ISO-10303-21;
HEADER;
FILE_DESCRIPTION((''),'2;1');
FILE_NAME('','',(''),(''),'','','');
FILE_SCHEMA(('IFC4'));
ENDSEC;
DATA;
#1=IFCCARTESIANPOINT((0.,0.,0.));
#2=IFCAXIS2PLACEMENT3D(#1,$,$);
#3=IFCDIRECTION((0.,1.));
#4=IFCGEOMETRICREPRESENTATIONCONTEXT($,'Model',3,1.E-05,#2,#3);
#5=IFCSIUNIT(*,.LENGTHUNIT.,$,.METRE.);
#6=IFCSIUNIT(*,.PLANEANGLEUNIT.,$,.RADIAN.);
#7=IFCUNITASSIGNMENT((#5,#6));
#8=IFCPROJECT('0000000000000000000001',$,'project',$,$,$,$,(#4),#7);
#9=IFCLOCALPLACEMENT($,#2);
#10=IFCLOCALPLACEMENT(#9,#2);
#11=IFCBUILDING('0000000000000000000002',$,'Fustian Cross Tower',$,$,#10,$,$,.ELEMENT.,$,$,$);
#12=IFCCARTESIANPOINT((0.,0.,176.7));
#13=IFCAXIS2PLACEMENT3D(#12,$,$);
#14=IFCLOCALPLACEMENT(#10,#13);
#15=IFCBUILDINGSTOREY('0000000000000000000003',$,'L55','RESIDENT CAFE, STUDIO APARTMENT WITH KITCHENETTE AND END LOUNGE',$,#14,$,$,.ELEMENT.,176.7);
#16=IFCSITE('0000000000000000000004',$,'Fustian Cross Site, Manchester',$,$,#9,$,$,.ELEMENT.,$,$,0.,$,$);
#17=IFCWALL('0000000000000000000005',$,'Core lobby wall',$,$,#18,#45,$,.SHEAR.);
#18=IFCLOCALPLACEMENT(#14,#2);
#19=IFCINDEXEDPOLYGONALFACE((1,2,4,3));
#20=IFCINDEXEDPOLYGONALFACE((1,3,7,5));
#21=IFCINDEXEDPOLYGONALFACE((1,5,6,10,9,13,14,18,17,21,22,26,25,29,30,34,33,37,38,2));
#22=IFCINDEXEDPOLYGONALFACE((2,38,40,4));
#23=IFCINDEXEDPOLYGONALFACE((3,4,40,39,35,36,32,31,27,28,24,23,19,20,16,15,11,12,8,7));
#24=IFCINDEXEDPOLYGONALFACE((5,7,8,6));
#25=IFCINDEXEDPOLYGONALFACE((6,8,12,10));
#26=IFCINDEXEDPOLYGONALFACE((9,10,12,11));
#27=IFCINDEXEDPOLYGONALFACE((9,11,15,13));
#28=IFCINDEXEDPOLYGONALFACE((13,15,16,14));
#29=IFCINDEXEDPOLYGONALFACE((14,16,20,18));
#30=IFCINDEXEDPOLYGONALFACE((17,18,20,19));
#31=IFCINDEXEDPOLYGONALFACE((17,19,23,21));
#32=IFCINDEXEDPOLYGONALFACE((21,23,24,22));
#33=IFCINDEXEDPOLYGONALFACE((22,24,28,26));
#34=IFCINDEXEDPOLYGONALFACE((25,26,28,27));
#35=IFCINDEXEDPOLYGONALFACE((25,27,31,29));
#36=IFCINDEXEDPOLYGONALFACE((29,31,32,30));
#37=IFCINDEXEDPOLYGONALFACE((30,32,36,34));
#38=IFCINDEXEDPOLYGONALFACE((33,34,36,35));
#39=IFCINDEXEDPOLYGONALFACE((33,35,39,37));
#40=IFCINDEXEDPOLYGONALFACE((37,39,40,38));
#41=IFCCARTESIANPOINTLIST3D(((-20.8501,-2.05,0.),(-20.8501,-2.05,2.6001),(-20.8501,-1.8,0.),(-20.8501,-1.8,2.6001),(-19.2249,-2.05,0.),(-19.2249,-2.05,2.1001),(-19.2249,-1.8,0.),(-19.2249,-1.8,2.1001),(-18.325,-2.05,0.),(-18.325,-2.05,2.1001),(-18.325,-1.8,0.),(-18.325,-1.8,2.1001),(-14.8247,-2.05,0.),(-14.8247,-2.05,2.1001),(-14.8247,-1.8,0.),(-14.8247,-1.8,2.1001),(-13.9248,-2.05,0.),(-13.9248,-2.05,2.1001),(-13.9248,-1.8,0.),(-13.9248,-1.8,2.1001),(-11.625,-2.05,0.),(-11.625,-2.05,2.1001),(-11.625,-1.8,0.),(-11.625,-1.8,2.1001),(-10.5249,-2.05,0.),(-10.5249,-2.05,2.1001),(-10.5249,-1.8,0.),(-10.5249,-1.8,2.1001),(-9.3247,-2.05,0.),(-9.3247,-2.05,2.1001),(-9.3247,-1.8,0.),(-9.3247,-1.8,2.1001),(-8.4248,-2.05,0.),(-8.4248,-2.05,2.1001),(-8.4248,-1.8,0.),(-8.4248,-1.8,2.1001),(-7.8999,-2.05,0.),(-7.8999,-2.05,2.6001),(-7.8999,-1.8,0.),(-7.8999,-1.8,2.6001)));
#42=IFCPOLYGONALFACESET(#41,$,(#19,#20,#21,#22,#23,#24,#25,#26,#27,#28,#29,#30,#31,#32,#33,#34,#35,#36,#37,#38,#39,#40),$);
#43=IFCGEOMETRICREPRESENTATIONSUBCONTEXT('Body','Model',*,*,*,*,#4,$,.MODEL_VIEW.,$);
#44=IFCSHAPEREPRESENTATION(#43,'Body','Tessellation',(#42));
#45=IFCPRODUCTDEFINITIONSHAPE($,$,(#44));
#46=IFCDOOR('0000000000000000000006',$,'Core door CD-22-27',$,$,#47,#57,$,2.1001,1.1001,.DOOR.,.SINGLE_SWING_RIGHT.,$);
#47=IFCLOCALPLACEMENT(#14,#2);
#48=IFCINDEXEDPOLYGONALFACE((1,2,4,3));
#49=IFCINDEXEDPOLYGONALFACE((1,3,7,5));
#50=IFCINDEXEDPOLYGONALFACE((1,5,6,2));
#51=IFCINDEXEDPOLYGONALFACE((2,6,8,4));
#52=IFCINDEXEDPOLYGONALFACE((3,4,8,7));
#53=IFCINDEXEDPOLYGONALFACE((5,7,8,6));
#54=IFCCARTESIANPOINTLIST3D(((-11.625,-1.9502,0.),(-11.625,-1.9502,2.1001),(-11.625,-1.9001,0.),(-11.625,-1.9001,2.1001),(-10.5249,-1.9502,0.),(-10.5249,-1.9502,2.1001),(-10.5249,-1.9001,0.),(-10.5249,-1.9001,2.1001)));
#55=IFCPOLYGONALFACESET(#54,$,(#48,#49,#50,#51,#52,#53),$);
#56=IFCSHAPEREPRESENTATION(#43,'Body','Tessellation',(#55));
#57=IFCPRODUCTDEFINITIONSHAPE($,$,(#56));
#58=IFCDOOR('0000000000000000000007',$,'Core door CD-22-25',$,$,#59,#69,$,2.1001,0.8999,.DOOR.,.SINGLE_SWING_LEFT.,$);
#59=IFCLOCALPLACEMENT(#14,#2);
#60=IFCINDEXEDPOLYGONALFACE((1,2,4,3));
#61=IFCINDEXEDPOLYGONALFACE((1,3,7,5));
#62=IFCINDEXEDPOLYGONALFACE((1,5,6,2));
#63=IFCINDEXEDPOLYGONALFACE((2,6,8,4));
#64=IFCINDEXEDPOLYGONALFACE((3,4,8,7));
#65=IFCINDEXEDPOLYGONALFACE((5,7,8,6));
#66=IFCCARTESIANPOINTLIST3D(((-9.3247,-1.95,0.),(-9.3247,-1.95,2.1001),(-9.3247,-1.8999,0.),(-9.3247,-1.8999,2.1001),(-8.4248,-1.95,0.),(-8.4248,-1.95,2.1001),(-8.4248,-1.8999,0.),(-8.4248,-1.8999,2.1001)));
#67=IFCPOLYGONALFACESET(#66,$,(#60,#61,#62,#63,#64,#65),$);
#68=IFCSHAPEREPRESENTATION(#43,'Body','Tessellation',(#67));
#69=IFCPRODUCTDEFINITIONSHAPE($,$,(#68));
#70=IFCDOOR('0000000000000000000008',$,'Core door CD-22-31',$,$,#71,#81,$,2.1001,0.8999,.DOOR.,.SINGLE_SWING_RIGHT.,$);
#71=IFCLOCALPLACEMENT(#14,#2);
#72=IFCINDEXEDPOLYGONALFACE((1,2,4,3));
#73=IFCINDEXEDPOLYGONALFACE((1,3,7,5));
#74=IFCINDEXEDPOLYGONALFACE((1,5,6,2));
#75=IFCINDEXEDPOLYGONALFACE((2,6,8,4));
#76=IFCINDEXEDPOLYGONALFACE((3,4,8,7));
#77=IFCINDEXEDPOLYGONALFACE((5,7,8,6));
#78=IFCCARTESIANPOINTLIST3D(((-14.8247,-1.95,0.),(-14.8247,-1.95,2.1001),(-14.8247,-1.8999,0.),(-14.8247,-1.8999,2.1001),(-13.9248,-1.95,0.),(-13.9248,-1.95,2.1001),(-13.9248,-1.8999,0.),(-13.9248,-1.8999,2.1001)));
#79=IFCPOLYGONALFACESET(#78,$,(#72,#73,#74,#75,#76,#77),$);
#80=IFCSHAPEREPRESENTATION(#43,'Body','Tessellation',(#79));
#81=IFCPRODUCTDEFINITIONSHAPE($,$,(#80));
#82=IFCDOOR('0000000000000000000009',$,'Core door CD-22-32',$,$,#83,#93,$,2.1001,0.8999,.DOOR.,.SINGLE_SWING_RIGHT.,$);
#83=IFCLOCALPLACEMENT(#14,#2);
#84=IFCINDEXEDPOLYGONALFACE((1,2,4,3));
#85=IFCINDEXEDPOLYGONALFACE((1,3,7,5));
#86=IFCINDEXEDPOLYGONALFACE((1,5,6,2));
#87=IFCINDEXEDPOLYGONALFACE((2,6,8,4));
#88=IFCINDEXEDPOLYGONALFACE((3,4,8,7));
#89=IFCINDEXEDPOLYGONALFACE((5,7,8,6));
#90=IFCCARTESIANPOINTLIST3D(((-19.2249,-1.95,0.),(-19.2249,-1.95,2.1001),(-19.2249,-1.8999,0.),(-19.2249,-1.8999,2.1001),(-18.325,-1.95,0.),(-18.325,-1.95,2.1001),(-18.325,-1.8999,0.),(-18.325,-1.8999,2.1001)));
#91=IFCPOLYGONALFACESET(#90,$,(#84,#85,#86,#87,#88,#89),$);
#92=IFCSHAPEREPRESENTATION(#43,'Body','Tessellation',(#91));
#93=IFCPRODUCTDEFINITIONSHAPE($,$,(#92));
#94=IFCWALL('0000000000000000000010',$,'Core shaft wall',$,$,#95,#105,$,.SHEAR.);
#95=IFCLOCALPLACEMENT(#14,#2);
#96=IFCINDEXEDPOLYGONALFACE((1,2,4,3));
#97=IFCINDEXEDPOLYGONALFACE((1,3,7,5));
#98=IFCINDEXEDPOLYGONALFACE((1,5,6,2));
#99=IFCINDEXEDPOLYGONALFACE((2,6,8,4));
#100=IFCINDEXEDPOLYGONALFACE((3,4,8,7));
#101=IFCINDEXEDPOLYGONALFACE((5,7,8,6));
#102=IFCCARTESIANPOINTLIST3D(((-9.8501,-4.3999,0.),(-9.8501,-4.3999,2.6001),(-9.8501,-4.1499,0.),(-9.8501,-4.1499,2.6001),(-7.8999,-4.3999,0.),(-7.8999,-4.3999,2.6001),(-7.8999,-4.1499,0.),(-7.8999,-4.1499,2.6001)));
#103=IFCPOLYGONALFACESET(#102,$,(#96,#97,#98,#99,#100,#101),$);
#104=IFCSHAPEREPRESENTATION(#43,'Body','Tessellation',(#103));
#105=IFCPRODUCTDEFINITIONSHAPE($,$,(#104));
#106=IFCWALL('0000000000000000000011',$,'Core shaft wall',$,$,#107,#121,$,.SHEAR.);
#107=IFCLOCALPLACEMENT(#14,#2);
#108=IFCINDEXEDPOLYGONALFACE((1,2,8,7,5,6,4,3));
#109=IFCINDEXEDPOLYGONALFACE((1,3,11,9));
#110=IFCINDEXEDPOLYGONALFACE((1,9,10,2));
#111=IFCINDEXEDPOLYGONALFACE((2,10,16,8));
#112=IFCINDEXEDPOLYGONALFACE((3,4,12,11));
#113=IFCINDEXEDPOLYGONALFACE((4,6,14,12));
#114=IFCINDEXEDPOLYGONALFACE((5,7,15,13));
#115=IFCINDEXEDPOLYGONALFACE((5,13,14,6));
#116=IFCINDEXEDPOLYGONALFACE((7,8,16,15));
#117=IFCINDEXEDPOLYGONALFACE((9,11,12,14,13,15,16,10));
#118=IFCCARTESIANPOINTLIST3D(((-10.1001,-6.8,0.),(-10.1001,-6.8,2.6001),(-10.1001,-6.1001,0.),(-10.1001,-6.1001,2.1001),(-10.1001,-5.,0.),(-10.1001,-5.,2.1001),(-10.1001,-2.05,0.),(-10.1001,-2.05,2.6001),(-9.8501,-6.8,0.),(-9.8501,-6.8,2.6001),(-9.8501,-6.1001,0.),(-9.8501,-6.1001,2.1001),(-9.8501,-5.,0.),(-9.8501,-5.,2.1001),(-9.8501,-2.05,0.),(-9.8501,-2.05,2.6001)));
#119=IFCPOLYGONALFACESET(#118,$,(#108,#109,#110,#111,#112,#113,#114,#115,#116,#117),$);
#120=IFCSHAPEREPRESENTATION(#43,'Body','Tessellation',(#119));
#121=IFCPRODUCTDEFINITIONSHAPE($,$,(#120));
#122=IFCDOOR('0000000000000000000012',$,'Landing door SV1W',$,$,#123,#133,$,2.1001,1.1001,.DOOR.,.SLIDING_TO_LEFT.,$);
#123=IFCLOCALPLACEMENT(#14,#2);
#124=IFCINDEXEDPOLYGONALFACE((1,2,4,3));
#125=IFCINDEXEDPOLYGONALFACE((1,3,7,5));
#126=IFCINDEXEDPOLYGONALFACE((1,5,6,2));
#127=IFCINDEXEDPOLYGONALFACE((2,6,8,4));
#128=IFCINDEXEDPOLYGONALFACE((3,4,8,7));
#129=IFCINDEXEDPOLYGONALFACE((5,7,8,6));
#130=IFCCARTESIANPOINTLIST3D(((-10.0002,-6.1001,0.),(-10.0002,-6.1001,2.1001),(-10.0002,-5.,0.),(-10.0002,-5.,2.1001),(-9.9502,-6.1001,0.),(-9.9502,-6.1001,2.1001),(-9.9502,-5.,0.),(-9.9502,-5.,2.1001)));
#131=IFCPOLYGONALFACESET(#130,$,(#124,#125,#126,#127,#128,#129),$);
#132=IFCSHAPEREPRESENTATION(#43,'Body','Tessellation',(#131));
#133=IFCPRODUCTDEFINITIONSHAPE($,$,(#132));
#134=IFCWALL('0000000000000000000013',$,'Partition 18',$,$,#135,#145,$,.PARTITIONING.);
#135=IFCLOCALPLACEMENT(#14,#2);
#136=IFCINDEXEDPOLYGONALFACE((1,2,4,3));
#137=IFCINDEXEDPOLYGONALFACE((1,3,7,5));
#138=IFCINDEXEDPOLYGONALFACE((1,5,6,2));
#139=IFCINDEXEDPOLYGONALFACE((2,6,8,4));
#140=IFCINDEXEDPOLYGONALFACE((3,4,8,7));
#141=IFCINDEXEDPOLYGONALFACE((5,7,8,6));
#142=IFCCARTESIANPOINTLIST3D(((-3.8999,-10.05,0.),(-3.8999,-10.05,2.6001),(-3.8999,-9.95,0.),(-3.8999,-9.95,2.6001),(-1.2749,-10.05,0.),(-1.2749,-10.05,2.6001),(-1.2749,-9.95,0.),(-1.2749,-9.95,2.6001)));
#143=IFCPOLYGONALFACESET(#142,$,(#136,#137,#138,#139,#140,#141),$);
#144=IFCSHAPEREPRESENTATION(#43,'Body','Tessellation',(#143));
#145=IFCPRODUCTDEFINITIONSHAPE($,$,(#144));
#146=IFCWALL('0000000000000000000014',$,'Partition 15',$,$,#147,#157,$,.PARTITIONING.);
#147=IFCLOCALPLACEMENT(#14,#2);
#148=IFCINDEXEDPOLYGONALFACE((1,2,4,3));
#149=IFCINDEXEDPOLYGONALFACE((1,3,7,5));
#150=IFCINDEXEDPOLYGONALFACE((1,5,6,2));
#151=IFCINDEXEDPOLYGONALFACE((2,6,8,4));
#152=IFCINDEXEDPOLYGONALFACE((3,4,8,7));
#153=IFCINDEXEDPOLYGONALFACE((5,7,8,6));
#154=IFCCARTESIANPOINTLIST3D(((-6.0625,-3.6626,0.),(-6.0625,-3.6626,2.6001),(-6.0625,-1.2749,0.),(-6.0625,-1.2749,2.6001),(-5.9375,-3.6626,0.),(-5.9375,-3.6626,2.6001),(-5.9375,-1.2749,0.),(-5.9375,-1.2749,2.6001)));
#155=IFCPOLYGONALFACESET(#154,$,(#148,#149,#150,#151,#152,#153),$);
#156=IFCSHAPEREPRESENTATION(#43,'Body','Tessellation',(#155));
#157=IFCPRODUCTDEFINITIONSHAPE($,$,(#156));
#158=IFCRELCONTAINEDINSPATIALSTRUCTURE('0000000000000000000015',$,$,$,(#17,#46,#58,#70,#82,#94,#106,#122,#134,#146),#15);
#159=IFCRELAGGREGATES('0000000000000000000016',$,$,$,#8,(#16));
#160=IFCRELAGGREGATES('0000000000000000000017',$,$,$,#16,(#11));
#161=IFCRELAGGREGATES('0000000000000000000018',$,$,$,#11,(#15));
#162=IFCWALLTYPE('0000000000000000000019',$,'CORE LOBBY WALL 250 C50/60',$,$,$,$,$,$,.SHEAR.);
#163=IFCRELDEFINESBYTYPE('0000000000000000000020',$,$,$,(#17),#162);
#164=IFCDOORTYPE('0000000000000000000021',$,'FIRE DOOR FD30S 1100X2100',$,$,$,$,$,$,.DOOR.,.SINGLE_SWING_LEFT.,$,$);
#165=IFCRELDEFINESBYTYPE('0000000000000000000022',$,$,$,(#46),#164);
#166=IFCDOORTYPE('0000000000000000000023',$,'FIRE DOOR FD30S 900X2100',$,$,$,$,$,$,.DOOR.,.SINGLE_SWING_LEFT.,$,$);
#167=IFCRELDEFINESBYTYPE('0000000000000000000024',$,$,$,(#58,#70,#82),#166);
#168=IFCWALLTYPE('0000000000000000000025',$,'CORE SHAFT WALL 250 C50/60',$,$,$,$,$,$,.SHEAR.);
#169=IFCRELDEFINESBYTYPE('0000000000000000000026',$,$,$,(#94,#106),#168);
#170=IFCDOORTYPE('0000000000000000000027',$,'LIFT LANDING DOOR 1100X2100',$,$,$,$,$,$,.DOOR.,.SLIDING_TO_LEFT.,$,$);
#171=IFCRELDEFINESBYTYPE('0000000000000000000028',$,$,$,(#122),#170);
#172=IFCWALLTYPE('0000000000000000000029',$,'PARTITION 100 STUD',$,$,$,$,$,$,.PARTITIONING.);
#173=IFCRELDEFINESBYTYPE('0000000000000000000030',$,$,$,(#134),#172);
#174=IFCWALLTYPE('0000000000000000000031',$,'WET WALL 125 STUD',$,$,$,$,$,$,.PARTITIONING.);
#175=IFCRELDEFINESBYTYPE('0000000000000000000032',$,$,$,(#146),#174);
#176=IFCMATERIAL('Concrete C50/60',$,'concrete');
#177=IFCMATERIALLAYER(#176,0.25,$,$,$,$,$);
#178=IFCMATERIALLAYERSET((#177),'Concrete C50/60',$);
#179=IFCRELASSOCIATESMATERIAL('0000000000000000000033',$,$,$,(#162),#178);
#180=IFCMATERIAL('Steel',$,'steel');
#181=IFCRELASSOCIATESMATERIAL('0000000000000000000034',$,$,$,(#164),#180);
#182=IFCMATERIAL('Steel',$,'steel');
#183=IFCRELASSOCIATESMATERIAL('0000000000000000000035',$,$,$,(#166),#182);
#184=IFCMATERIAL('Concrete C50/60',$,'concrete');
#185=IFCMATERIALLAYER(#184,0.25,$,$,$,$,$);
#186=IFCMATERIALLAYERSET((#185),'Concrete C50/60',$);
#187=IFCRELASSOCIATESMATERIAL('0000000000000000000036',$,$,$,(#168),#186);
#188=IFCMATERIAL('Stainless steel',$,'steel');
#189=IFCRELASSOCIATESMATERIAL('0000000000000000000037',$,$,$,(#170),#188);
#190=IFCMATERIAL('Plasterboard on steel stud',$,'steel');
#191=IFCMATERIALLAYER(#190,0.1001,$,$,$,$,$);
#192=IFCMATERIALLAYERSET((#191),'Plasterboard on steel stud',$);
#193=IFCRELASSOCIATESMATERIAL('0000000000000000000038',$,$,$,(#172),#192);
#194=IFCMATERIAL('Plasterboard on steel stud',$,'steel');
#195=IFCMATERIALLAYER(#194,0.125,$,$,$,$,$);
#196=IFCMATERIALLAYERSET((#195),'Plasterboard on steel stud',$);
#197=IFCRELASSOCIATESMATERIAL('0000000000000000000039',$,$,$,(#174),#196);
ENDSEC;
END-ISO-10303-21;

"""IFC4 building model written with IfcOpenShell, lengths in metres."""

from ifc_helpers import new_model, si_unit, direction, frame, frame_2d, origin, place, context, subcontext, project, spatial, rectangle, extrude, material, layer, layer_set, type_object, element, fill, save


model = new_model("IFC4")

# Units and contexts
model_context = context("Model", 3, precision=1e-05, world=origin(), true_north=direction((0.0, 1.0)))
body_context = subcontext(model_context, "Body", "Model", "MODEL_VIEW")
ifc_project = project(units=[si_unit("LENGTHUNIT", "METRE"), si_unit("PLANEANGLEUNIT", "RADIAN")], contexts=[model_context])

# Site, building, storey
site_placement = place(None, origin())
site = spatial("IfcSite", under=ifc_project, at=site_placement, Name="Fustian Cross Site, Manchester", CompositionType="ELEMENT", RefElevation=0.0)
building_placement = place(site_placement, origin())
building = spatial("IfcBuilding", under=site, at=building_placement, Name="Fustian Cross Tower", CompositionType="ELEMENT")
storey_placement = place(building_placement, frame((0.0, 0.0, 176.7)))
storey = spatial("IfcBuildingStorey", under=building, at=storey_placement, Name="L55", Description="RESIDENT CAFE, STUDIO APARTMENT WITH KITCHENETTE AND END LOUNGE", CompositionType="ELEMENT", Elevation=176.7)

# Wall, openings, doors
ifc_material_1 = material(Name="Concrete C50/60", Category="concrete")
ifc_layer_1 = layer(ifc_material_1, 0.25)
ifc_layer_set_1 = layer_set([ifc_layer_1], Name="Concrete C50/60")
wall_type_1 = type_object("IfcWallType", Name="CORE LOBBY WALL 250 C50/60", PredefinedType="SHEAR", material=ifc_layer_set_1)
wall_1_placement = place(storey_placement, frame((-7.8999, -1.925, 0.0), z_axis=(0.0, 0.0, 1.0), x_axis=(-1.0, 0.0, 0.0)))
wall_1 = element("IfcWall", 1, at=wall_1_placement, inside=storey, type_object=wall_type_1, Name="Core lobby wall", PredefinedType="SHEAR", context=body_context, shape_type="SweptSolid", body=[
    extrude(rectangle(XDim=12.9502, YDim=0.25, at=frame_2d((6.4751, 0.0))), origin(), (0.0, 0.0, 1.0), 2.6001),
])
opening_1_placement = place(wall_1_placement, frame((0.5249, 0.0, 0.0)))
opening_1 = element("IfcOpeningElement", 2, at=opening_1_placement, cuts=wall_1, PredefinedType="OPENING", context=body_context, shape_type="SweptSolid", body=[
    extrude(rectangle(XDim=0.8999, YDim=2.1001, at=frame_2d((0.45, 1.05))), frame((0.0, 0.135, 0.0), z_axis=(0.0, -1.0, 0.0), x_axis=(1.0, 0.0, 0.0)), (0.0, 0.0, 1.0), 0.27),
])
opening_2_placement = place(wall_1_placement, frame((2.625, 0.0, 0.0)))
opening_2 = element("IfcOpeningElement", 3, at=opening_2_placement, cuts=wall_1, PredefinedType="OPENING", context=body_context, shape_type="SweptSolid", body=[
    extrude(rectangle(XDim=1.1001, YDim=2.1001, at=frame_2d((0.55, 1.05))), frame((0.0, 0.135, 0.0), z_axis=(0.0, -1.0, 0.0), x_axis=(1.0, 0.0, 0.0)), (0.0, 0.0, 1.0), 0.27),
])
opening_3_placement = place(wall_1_placement, frame((6.0249, 0.0, 0.0)))
opening_3 = element("IfcOpeningElement", 4, at=opening_3_placement, cuts=wall_1, PredefinedType="OPENING", context=body_context, shape_type="SweptSolid", body=[
    extrude(rectangle(XDim=0.8999, YDim=2.1001, at=frame_2d((0.45, 1.05))), frame((0.0, 0.135, 0.0), z_axis=(0.0, -1.0, 0.0), x_axis=(1.0, 0.0, 0.0)), (0.0, 0.0, 1.0), 0.27),
])
opening_4_placement = place(wall_1_placement, frame((10.425, 0.0, 0.0)))
opening_4 = element("IfcOpeningElement", 5, at=opening_4_placement, cuts=wall_1, PredefinedType="OPENING", context=body_context, shape_type="SweptSolid", body=[
    extrude(rectangle(XDim=0.8999, YDim=2.1001, at=frame_2d((0.45, 1.05))), frame((0.0, 0.135, 0.0), z_axis=(0.0, -1.0, 0.0), x_axis=(1.0, 0.0, 0.0)), (0.0, 0.0, 1.0), 0.27),
])
ifc_material_2 = material(Name="Steel", Category="steel")
door_type_1 = type_object("IfcDoorType", Name="FIRE DOOR FD30S 1100X2100", OperationType="SINGLE_SWING_LEFT", PredefinedType="DOOR", material=ifc_material_2)
door_1_placement = place(opening_2_placement, frame((1.1001, 0.0, 0.0), z_axis=(0.0, 0.0, 1.0), x_axis=(-1.0, 0.0, 0.0)))
door_1 = element("IfcDoor", 6, at=door_1_placement, inside=storey, type_object=door_type_1, Name="Core door CD-22-27", OperationType="SINGLE_SWING_RIGHT", OverallHeight=2.1001, OverallWidth=1.1001, PredefinedType="DOOR", context=body_context, shape_type="SweptSolid", body=[
    extrude(rectangle(XDim=1.1001, YDim=2.1001, at=frame_2d((0.55, 1.05))), frame((0.0, 0.0249, 0.0), z_axis=(0.0, -1.0, 0.0), x_axis=(1.0, 0.0, 0.0)), (0.0, 0.0, 1.0), 0.05),
])
fill(opening_2, door_1)
ifc_material_3 = material(Name="Steel", Category="steel")
door_type_2 = type_object("IfcDoorType", Name="FIRE DOOR FD30S 900X2100", OperationType="SINGLE_SWING_LEFT", PredefinedType="DOOR", material=ifc_material_3)
door_2_placement = place(opening_1_placement, origin())
door_2 = element("IfcDoor", 7, at=door_2_placement, inside=storey, type_object=door_type_2, Name="Core door CD-22-25", OperationType="SINGLE_SWING_LEFT", OverallHeight=2.1001, OverallWidth=0.8999, PredefinedType="DOOR", context=body_context, shape_type="SweptSolid", body=[
    extrude(rectangle(XDim=0.8999, YDim=2.1001, at=frame_2d((0.45, 1.05))), frame((0.0, 0.0249, 0.0), z_axis=(0.0, -1.0, 0.0), x_axis=(1.0, 0.0, 0.0)), (0.0, 0.0, 1.0), 0.05),
])
fill(opening_1, door_2)
door_3_placement = place(opening_3_placement, origin())
door_3 = element("IfcDoor", 8, at=door_3_placement, inside=storey, type_object=door_type_2, Name="Core door CD-22-31", OperationType="SINGLE_SWING_RIGHT", OverallHeight=2.1001, OverallWidth=0.8999, PredefinedType="DOOR", context=body_context, shape_type="SweptSolid", body=[
    extrude(rectangle(XDim=0.8999, YDim=2.1001, at=frame_2d((0.45, 1.05))), frame((0.0, 0.0249, 0.0), z_axis=(0.0, -1.0, 0.0), x_axis=(1.0, 0.0, 0.0)), (0.0, 0.0, 1.0), 0.05),
])
fill(opening_3, door_3)
door_4_placement = place(opening_4_placement, origin())
door_4 = element("IfcDoor", 9, at=door_4_placement, inside=storey, type_object=door_type_2, Name="Core door CD-22-32", OperationType="SINGLE_SWING_RIGHT", OverallHeight=2.1001, OverallWidth=0.8999, PredefinedType="DOOR", context=body_context, shape_type="SweptSolid", body=[
    extrude(rectangle(XDim=0.8999, YDim=2.1001, at=frame_2d((0.45, 1.05))), frame((0.0, 0.0249, 0.0), z_axis=(0.0, -1.0, 0.0), x_axis=(1.0, 0.0, 0.0)), (0.0, 0.0, 1.0), 0.05),
])
fill(opening_4, door_4)

# Wall
ifc_material_4 = material(Name="Concrete C50/60", Category="concrete")
ifc_layer_2 = layer(ifc_material_4, 0.25)
ifc_layer_set_2 = layer_set([ifc_layer_2], Name="Concrete C50/60")
wall_type_2 = type_object("IfcWallType", Name="CORE SHAFT WALL 250 C50/60", PredefinedType="SHEAR", material=ifc_layer_set_2)
wall_2_placement = place(storey_placement, frame((-7.8999, -4.2749, 0.0), z_axis=(0.0, 0.0, 1.0), x_axis=(-1.0, 0.0, 0.0)))
element("IfcWall", 10, at=wall_2_placement, inside=storey, type_object=wall_type_2, Name="Core shaft wall", PredefinedType="SHEAR", context=body_context, shape_type="SweptSolid", body=[
    extrude(rectangle(XDim=1.9502, YDim=0.25, at=frame_2d((0.9751, 0.0))), origin(), (0.0, 0.0, 1.0), 2.6001),
])

# Wall, opening, door
wall_3_placement = place(storey_placement, frame((-9.9751, -2.05, 0.0), z_axis=(0.0, 0.0, 1.0), x_axis=(0.0, -1.0, 0.0)))
wall_3 = element("IfcWall", 11, at=wall_3_placement, inside=storey, type_object=wall_type_2, Name="Core shaft wall", PredefinedType="SHEAR", context=body_context, shape_type="SweptSolid", body=[
    extrude(rectangle(XDim=4.75, YDim=0.25, at=frame_2d((2.375, 0.0))), origin(), (0.0, 0.0, 1.0), 2.6001),
])
opening_5_placement = place(wall_3_placement, frame((2.95, 0.0, 0.0)))
opening_5 = element("IfcOpeningElement", 12, at=opening_5_placement, cuts=wall_3, PredefinedType="OPENING", context=body_context, shape_type="SweptSolid", body=[
    extrude(rectangle(XDim=1.1001, YDim=2.1001, at=frame_2d((0.55, 1.05))), frame((0.0, 0.135, 0.0), z_axis=(0.0, -1.0, 0.0), x_axis=(1.0, 0.0, 0.0)), (0.0, 0.0, 1.0), 0.27),
])
ifc_material_5 = material(Name="Stainless steel", Category="steel")
door_type_3 = type_object("IfcDoorType", Name="LIFT LANDING DOOR 1100X2100", OperationType="SLIDING_TO_LEFT", PredefinedType="DOOR", material=ifc_material_5)
door_5_placement = place(opening_5_placement, origin())
door_5 = element("IfcDoor", 13, at=door_5_placement, inside=storey, type_object=door_type_3, Name="Landing door SV1W", OperationType="SLIDING_TO_LEFT", OverallHeight=2.1001, OverallWidth=1.1001, PredefinedType="DOOR", context=body_context, shape_type="SweptSolid", body=[
    extrude(rectangle(XDim=1.1001, YDim=2.1001, at=frame_2d((0.55, 1.05))), frame((0.0, 0.0249, 0.0), z_axis=(0.0, -1.0, 0.0), x_axis=(1.0, 0.0, 0.0)), (0.0, 0.0, 1.0), 0.05),
])
fill(opening_5, door_5)

# Walls
ifc_material_6 = material(Name="Plasterboard on steel stud", Category="steel")
ifc_layer_3 = layer(ifc_material_6, 0.1001)
ifc_layer_set_3 = layer_set([ifc_layer_3], Name="Plasterboard on steel stud")
wall_type_3 = type_object("IfcWallType", Name="PARTITION 100 STUD", PredefinedType="PARTITIONING", material=ifc_layer_set_3)
wall_4_placement = place(storey_placement, frame((-3.8999, -10.0, 0.0), z_axis=(0.0, 0.0, 1.0), x_axis=(1.0, 0.0, 0.0)))
element("IfcWall", 14, at=wall_4_placement, inside=storey, type_object=wall_type_3, Name="Partition 18", PredefinedType="PARTITIONING", context=body_context, shape_type="SweptSolid", body=[
    extrude(rectangle(XDim=2.625, YDim=0.1001, at=frame_2d((1.3125, 0.0))), origin(), (0.0, 0.0, 1.0), 2.6001),
])
ifc_material_7 = material(Name="Plasterboard on steel stud", Category="steel")
ifc_layer_4 = layer(ifc_material_7, 0.125)
ifc_layer_set_4 = layer_set([ifc_layer_4], Name="Plasterboard on steel stud")
wall_type_4 = type_object("IfcWallType", Name="WET WALL 125 STUD", PredefinedType="PARTITIONING", material=ifc_layer_set_4)
wall_5_placement = place(storey_placement, frame((-6.0, -3.6626, 0.0), z_axis=(0.0, 0.0, 1.0), x_axis=(0.0, 1.0, 0.0)))
element("IfcWall", 15, at=wall_5_placement, inside=storey, type_object=wall_type_4, Name="Partition 15", PredefinedType="PARTITIONING", context=body_context, shape_type="SweptSolid", body=[
    extrude(rectangle(XDim=2.3877, YDim=0.125, at=frame_2d((1.1938, 0.0))), origin(), (0.0, 0.0, 1.0), 2.6001),
])

save(model, "model.ifc")
